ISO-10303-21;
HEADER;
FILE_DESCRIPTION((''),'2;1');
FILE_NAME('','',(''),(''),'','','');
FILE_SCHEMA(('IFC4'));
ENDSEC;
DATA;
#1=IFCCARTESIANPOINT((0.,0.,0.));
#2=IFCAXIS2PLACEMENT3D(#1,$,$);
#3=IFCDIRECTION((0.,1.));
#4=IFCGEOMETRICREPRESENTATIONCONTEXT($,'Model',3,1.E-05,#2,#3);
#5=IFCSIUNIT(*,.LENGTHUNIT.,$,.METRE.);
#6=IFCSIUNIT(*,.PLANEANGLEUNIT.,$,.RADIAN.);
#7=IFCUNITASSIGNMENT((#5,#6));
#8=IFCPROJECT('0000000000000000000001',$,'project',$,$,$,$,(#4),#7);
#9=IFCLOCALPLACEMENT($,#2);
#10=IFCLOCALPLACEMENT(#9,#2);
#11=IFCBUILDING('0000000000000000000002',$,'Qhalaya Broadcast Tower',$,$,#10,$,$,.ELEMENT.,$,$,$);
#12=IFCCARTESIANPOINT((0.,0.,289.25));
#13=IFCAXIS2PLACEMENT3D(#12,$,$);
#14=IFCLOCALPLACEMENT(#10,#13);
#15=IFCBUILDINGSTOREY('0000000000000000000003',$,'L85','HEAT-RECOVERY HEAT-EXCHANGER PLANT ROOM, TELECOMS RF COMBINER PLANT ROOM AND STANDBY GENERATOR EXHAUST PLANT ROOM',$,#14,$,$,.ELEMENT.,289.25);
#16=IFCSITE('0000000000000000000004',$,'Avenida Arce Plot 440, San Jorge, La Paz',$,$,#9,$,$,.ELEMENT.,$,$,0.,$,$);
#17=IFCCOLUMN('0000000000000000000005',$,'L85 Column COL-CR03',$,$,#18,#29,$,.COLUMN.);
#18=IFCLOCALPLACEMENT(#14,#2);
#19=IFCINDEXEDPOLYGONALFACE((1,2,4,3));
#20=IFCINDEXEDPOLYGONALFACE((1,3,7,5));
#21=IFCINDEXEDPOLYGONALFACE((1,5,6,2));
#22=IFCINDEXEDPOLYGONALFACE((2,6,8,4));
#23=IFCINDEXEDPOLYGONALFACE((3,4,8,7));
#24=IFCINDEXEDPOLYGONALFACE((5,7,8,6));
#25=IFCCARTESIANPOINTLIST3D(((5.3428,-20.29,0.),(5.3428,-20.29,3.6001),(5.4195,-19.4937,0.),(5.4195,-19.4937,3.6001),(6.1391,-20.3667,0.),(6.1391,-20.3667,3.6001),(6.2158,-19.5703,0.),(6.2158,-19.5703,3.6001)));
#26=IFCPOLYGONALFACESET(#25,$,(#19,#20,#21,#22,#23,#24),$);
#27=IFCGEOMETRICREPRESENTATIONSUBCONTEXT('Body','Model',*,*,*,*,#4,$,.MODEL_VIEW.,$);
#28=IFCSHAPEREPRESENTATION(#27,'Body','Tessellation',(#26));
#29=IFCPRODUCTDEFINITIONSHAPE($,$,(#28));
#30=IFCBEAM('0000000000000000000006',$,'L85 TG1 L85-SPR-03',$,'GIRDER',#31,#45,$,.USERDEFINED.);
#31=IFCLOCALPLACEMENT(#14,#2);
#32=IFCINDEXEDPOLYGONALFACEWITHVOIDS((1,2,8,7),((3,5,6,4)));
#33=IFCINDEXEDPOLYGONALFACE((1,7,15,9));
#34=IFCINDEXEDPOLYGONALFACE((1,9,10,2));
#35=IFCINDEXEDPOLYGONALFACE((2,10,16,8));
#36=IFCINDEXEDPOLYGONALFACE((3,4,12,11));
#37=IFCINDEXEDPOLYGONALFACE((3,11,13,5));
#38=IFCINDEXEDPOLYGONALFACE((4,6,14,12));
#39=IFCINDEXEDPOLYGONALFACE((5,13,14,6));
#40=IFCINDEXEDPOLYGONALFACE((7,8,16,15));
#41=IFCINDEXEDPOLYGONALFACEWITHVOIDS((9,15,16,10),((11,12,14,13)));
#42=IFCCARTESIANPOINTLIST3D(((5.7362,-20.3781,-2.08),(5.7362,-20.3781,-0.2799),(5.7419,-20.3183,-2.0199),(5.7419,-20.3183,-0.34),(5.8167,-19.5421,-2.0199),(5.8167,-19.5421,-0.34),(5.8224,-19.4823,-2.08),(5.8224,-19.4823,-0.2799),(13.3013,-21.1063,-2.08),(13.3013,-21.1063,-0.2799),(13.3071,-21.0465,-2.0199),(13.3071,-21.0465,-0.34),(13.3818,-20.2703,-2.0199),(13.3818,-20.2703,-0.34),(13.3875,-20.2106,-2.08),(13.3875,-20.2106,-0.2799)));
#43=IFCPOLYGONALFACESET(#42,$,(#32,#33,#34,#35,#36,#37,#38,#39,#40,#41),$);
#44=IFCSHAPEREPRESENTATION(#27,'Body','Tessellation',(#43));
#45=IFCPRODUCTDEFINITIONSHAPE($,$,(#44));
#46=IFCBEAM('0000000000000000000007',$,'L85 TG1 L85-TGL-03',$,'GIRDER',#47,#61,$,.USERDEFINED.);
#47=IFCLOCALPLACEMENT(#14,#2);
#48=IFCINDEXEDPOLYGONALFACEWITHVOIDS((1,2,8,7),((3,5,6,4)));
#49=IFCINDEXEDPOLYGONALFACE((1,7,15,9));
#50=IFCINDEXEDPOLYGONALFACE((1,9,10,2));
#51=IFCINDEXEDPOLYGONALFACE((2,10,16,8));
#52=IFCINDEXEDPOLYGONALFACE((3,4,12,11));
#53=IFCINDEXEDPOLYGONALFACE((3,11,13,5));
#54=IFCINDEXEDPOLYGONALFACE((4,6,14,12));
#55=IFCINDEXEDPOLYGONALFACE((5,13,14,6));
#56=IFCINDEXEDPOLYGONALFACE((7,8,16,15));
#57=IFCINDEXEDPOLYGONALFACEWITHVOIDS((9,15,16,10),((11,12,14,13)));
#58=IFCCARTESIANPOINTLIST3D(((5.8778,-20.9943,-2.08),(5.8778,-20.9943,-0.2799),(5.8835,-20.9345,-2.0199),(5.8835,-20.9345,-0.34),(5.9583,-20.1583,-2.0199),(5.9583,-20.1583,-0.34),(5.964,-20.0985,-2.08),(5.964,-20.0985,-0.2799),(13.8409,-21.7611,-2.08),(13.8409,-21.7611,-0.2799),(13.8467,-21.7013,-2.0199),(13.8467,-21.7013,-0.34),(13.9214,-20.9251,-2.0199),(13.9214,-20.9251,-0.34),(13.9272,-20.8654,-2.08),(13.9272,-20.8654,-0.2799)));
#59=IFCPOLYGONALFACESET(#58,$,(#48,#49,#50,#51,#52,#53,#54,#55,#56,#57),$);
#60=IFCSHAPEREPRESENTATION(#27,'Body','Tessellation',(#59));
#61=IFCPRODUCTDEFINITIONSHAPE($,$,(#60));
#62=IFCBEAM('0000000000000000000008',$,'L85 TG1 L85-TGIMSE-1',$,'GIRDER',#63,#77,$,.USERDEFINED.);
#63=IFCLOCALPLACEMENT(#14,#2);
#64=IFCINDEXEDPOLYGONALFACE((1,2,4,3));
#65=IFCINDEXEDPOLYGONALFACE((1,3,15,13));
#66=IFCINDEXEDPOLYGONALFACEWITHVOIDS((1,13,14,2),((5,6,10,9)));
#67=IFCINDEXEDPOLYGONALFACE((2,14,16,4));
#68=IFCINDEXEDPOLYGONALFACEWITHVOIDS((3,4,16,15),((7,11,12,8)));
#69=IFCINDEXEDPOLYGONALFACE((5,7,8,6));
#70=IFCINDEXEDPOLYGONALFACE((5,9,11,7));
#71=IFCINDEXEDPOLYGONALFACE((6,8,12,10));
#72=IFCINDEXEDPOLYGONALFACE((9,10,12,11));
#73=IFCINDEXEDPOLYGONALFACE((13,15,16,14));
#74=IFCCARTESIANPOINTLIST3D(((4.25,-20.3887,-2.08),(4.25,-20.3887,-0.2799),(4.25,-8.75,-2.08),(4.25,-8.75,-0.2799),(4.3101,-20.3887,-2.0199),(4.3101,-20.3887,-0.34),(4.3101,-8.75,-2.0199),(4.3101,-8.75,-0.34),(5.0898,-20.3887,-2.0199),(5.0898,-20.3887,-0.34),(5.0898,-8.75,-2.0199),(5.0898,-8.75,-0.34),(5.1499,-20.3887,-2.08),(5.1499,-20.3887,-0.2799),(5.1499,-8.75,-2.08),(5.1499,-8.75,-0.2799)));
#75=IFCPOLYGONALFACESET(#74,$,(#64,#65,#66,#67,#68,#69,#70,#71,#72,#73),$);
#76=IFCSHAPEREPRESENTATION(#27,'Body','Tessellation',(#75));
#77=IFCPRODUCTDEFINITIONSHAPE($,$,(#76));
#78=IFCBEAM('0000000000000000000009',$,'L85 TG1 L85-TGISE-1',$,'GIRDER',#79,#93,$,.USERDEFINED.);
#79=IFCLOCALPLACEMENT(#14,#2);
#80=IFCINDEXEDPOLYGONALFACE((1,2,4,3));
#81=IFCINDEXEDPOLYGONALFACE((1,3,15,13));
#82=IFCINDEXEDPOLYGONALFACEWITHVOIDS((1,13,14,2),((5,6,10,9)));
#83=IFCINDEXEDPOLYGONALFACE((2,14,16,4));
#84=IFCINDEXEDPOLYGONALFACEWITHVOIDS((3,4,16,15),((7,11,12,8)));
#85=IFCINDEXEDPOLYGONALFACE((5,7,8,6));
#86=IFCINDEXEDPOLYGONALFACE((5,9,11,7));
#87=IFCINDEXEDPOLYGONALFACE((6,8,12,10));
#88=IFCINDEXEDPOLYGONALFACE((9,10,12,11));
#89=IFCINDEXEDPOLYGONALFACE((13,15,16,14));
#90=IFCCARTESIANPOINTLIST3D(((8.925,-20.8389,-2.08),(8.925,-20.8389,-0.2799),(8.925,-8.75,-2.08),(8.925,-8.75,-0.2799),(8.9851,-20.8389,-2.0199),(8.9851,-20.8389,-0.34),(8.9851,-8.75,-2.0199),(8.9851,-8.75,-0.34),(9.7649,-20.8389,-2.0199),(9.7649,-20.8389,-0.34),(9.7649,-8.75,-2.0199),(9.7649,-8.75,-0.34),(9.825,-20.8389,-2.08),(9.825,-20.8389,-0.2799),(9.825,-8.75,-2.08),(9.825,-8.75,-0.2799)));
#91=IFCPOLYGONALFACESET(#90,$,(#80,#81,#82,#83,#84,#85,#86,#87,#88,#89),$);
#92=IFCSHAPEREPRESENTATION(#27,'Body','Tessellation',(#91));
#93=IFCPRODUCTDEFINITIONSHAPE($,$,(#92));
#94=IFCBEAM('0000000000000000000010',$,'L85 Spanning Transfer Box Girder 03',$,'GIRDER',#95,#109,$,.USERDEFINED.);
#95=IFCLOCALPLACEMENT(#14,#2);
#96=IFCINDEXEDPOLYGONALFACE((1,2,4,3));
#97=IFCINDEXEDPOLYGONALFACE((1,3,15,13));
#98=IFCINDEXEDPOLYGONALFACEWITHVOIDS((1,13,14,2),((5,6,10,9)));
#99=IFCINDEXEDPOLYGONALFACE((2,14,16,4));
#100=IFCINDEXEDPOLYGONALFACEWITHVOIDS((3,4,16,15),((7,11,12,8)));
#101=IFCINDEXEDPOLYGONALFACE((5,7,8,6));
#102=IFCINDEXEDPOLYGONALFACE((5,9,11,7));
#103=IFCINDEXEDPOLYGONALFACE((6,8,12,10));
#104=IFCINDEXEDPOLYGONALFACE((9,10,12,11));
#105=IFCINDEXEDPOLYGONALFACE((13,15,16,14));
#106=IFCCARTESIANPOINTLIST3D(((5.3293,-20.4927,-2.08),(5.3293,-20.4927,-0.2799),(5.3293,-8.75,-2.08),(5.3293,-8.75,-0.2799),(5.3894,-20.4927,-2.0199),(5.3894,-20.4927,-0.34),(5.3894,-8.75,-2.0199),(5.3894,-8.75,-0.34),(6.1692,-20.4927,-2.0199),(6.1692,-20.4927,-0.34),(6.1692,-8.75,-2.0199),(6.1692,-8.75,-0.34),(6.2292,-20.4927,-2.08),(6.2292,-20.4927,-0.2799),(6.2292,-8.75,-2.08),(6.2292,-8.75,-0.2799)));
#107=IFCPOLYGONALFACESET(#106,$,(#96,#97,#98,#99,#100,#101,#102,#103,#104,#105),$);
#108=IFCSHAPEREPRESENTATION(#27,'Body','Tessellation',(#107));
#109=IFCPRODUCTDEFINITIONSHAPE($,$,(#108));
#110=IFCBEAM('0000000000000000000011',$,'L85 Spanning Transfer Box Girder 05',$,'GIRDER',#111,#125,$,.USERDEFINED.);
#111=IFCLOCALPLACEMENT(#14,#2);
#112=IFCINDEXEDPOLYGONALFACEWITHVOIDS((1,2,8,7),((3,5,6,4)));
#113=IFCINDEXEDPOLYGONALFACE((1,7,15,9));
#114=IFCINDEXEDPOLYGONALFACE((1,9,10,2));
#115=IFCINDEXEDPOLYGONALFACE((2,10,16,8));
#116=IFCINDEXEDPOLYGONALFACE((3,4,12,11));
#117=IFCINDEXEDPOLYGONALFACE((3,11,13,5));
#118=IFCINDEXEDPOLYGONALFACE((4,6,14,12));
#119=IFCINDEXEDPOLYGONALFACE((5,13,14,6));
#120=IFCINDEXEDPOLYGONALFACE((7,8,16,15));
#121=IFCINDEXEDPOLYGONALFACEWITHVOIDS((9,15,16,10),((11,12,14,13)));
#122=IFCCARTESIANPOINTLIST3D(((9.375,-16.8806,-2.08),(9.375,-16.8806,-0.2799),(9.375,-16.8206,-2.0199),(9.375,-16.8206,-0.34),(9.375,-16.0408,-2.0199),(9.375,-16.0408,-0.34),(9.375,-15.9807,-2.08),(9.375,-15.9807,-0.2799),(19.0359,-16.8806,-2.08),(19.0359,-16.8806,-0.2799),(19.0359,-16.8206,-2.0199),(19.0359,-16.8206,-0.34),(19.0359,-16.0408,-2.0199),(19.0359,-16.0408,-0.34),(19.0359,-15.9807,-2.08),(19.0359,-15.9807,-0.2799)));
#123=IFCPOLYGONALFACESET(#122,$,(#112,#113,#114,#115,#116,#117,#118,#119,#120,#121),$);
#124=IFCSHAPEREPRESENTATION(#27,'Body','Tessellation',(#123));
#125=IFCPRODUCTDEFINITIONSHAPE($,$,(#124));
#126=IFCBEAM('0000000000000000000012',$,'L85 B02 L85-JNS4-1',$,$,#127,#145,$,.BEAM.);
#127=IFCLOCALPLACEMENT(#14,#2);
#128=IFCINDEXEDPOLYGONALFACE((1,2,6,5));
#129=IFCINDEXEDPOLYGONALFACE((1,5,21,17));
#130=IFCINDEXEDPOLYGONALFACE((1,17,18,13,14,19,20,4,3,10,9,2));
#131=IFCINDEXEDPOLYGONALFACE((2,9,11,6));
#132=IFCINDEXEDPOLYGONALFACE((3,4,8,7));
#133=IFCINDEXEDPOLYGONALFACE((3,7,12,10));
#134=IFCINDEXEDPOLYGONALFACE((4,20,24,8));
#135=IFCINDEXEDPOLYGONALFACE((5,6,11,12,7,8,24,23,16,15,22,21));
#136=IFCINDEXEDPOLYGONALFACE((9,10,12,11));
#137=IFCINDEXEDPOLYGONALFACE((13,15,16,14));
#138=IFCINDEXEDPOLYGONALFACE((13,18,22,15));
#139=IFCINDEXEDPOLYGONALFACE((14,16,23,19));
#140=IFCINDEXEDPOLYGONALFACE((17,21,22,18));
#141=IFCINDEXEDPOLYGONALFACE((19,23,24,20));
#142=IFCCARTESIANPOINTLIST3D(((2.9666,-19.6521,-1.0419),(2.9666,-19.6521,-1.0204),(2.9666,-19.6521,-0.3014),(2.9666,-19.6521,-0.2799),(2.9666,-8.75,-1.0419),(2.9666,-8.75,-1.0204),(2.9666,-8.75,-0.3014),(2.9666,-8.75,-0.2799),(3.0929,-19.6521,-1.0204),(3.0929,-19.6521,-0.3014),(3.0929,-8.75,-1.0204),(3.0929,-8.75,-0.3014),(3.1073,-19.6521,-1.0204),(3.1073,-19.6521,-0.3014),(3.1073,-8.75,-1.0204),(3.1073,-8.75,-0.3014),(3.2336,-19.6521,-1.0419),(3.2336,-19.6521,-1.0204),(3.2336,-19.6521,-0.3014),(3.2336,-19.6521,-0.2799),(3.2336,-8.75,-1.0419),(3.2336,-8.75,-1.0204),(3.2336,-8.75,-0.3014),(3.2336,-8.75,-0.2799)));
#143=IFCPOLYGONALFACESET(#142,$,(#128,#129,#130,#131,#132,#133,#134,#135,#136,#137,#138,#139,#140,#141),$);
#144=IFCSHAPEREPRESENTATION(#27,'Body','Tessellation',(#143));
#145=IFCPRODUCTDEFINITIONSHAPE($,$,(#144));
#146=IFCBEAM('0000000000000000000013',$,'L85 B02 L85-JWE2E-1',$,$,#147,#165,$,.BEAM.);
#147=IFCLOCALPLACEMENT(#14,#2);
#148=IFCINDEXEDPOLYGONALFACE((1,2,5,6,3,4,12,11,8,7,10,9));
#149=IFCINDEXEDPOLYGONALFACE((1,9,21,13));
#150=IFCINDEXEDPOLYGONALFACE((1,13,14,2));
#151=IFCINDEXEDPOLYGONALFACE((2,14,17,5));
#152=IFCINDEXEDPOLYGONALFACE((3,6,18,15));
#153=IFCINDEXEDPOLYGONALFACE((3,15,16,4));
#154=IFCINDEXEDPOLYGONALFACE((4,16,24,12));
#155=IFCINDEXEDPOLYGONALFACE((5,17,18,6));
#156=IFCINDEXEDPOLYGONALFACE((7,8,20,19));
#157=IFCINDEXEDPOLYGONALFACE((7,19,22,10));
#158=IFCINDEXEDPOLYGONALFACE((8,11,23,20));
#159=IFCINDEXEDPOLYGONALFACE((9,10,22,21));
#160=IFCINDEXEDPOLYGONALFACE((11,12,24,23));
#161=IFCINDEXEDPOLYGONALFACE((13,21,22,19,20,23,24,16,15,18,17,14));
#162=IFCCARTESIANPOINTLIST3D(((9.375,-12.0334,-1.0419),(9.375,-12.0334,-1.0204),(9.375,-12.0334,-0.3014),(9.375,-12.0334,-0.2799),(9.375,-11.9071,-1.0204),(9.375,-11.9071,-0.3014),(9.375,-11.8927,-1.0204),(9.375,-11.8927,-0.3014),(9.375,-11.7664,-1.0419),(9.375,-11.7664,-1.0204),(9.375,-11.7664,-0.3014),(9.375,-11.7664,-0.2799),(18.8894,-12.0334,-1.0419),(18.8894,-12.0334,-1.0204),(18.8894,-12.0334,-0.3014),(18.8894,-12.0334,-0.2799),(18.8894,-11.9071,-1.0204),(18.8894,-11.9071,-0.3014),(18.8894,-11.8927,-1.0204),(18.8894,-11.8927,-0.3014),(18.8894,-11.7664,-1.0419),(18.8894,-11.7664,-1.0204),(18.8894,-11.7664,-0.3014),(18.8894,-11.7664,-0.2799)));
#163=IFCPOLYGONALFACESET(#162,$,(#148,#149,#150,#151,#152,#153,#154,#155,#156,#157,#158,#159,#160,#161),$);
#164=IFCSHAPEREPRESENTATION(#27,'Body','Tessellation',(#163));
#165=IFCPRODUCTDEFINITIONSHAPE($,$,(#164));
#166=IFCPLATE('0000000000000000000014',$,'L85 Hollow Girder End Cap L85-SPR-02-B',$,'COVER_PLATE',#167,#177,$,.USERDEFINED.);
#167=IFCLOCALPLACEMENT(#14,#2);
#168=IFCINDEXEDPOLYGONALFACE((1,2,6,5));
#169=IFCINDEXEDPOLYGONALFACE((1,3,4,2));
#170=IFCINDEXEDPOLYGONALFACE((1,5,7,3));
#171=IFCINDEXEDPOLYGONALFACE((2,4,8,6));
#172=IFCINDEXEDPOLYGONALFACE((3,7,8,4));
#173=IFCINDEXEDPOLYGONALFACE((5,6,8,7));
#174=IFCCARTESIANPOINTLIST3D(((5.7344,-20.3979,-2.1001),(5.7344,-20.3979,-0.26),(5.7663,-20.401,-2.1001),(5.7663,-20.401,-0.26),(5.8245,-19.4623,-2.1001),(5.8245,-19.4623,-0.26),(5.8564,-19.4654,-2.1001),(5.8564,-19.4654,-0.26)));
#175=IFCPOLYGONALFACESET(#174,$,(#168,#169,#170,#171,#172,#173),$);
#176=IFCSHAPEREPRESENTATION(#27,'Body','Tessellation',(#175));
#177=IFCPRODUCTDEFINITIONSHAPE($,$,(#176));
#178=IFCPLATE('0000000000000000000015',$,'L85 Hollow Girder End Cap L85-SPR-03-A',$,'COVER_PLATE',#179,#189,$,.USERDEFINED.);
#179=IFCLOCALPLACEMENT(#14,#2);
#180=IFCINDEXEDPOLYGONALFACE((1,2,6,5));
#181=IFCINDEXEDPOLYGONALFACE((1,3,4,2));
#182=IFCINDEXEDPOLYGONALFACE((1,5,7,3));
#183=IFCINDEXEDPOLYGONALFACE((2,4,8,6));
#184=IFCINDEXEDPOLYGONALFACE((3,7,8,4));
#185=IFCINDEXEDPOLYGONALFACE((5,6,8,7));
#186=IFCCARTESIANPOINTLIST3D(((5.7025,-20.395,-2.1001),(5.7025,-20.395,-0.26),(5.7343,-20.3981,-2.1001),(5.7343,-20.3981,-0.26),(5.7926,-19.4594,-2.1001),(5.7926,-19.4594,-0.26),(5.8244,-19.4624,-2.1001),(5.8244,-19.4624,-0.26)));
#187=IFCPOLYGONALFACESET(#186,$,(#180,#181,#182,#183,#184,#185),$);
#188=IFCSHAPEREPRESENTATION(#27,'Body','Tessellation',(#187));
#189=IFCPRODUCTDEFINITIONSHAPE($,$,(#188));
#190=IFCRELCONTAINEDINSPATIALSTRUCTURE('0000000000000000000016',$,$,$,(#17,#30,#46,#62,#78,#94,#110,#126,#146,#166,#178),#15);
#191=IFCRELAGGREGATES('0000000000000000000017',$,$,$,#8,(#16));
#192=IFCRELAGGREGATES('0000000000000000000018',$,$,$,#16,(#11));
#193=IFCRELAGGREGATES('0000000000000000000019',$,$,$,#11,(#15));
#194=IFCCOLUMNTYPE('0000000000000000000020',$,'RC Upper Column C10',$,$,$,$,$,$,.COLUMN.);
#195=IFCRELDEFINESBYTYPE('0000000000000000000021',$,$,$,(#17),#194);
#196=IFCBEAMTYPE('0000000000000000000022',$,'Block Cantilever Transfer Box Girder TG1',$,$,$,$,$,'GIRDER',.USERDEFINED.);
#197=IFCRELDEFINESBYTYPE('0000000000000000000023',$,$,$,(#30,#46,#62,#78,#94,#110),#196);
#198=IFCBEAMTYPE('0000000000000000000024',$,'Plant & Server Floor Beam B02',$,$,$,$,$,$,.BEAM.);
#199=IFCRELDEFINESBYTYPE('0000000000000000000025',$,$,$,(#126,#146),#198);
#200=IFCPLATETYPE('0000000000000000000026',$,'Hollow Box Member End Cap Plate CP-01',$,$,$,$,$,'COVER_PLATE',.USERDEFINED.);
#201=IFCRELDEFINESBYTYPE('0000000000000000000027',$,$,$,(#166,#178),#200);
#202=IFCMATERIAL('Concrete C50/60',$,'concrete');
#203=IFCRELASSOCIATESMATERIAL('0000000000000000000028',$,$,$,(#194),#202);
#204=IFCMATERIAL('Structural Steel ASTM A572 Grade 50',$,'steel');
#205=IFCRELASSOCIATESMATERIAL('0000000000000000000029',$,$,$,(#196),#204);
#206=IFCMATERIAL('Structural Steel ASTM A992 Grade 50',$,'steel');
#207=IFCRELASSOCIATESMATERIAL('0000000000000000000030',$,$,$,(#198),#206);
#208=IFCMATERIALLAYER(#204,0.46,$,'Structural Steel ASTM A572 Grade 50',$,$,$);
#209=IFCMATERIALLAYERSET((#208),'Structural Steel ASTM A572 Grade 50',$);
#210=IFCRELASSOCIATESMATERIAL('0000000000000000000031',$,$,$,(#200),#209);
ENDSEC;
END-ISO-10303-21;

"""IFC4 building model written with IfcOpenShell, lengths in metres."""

from ifc_helpers import new_model, si_unit, direction, frame, origin, origin_2d, place, context, subcontext, project, spatial, rectangle, hollow_rectangle, i_section, extrude, material, layer, layer_set, material_profile, profile_set, type_object, element, save


model = new_model("IFC4")

# Units and contexts
model_context = context("Model", 3, precision=1e-05, world=origin(), true_north=direction((0.0, 1.0)))
body_context = subcontext(model_context, "Body", "Model", "MODEL_VIEW")
ifc_project = project(units=[si_unit("LENGTHUNIT", "METRE"), si_unit("PLANEANGLEUNIT", "RADIAN")], contexts=[model_context])

# Site, building, storey
site_placement = place(None, origin())
site = spatial("IfcSite", under=ifc_project, at=site_placement, Name="Avenida Arce Plot 440, San Jorge, La Paz", CompositionType="ELEMENT", RefElevation=0.0)
building_placement = place(site_placement, origin())
building = spatial("IfcBuilding", under=site, at=building_placement, Name="Qhalaya Broadcast Tower", CompositionType="ELEMENT")
storey_placement = place(building_placement, frame((0.0, 0.0, 289.25)))
storey = spatial("IfcBuildingStorey", under=building, at=storey_placement, Name="L85", Description="HEAT-RECOVERY HEAT-EXCHANGER PLANT ROOM, TELECOMS RF COMBINER PLANT ROOM AND STANDBY GENERATOR EXHAUST PLANT ROOM", CompositionType="ELEMENT", Elevation=289.25)

# Column
ifc_material_1 = material(Name="Concrete C50/60", Category="concrete")
ifc_material_profile_1 = material_profile(ifc_material_1, rectangle(XDim=0.8, YDim=0.8, at=origin_2d()), Name="RC-COL 800x800")
ifc_profile_set_1 = profile_set([ifc_material_profile_1], Name="Concrete C50/60")
column_type = type_object("IfcColumnType", Name="RC Upper Column C10", PredefinedType="COLUMN", material=ifc_profile_set_1)
column_placement = place(storey_placement, frame((5.7793, -19.9302, 0.0), z_axis=(0.0, 0.0, 1.0), x_axis=(0.995396, -0.095846, 0.0)))
element("IfcColumn", 1, at=column_placement, inside=storey, type_object=column_type, Name="L85 Column COL-CR03", PredefinedType="COLUMN", context=body_context, shape_type="SweptSolid", body=[
    extrude(rectangle(XDim=0.8, YDim=0.8, at=origin_2d()), origin(), (0.0, 0.0, 1.0), 3.6001),
])

# Beams
ifc_material_2 = material(Name="Structural Steel ASTM A572 Grade 50", Category="steel")
ifc_material_profile_2 = material_profile(ifc_material_2, hollow_rectangle(XDim=0.8999, YDim=1.8, WallThickness=0.0601, at=origin_2d()), Name="BOX 900x1800x60")
ifc_profile_set_2 = profile_set([ifc_material_profile_2], Name="Structural Steel ASTM A572 Grade 50")
beam_type_1 = type_object("IfcBeamType", Name="Block Cantilever Transfer Box Girder TG1", ElementType="GIRDER", PredefinedType="USERDEFINED", material=ifc_profile_set_2)
beam_1_placement = place(storey_placement, frame((5.7793, -19.9302, -1.1799), z_axis=(0.995398, -0.095823, 0.0), x_axis=(0.095823, 0.995398, 0.0)))
element("IfcBeam", 2, at=beam_1_placement, inside=storey, type_object=beam_type_1, Name="L85 TG1 L85-SPR-03", ObjectType="GIRDER", PredefinedType="USERDEFINED", context=body_context, shape_type="SweptSolid", body=[
    extrude(hollow_rectangle(XDim=0.8999, YDim=1.8, WallThickness=0.0601, at=origin_2d()), origin(), (0.0, 0.0, 1.0), 7.6001),
])
beam_2_placement = place(storey_placement, frame((5.9209, -20.5464, -1.1799), z_axis=(0.995395, -0.095856, 0.0), x_axis=(0.095856, 0.995395, 0.0)))
element("IfcBeam", 3, at=beam_2_placement, inside=storey, type_object=beam_type_1, Name="L85 TG1 L85-TGL-03", ObjectType="GIRDER", PredefinedType="USERDEFINED", context=body_context, shape_type="SweptSolid", body=[
    extrude(hollow_rectangle(XDim=0.8999, YDim=1.8, WallThickness=0.0601, at=origin_2d()), origin(), (0.0, 0.0, 1.0), 8.0),
])
beam_3_placement = place(storey_placement, frame((4.7, -20.3887, -1.1799), z_axis=(0.0, 1.0, 0.0), x_axis=(-1.0, 0.0, 0.0)))
element("IfcBeam", 4, at=beam_3_placement, inside=storey, type_object=beam_type_1, Name="L85 TG1 L85-TGIMSE-1", ObjectType="GIRDER", PredefinedType="USERDEFINED", context=body_context, shape_type="SweptSolid", body=[
    extrude(hollow_rectangle(XDim=0.8999, YDim=1.8, WallThickness=0.0601, at=origin_2d()), origin(), (0.0, 0.0, 1.0), 11.6387),
])
beam_4_placement = place(storey_placement, frame((9.375, -20.8389, -1.1799), z_axis=(0.0, 1.0, 0.0), x_axis=(-1.0, 0.0, 0.0)))
element("IfcBeam", 5, at=beam_4_placement, inside=storey, type_object=beam_type_1, Name="L85 TG1 L85-TGISE-1", ObjectType="GIRDER", PredefinedType="USERDEFINED", context=body_context, shape_type="SweptSolid", body=[
    extrude(hollow_rectangle(XDim=0.8999, YDim=1.8, WallThickness=0.0601, at=origin_2d()), origin(), (0.0, 0.0, 1.0), 12.0889),
])
beam_5_placement = place(storey_placement, frame((5.7793, -20.4927, -1.1799), z_axis=(0.0, 1.0, 0.0), x_axis=(-1.0, 0.0, 0.0)))
element("IfcBeam", 6, at=beam_5_placement, inside=storey, type_object=beam_type_1, Name="L85 Spanning Transfer Box Girder 03", ObjectType="GIRDER", PredefinedType="USERDEFINED", context=body_context, shape_type="SweptSolid", body=[
    extrude(hollow_rectangle(XDim=0.8999, YDim=1.8, WallThickness=0.0601, at=origin_2d()), origin(), (0.0, 0.0, 1.0), 11.7427),
])
beam_6_placement = place(storey_placement, frame((9.375, -16.4307, -1.1799), z_axis=(1.0, 0.0, 0.0), x_axis=(0.0, 1.0, 0.0)))
element("IfcBeam", 7, at=beam_6_placement, inside=storey, type_object=beam_type_1, Name="L85 Spanning Transfer Box Girder 05", ObjectType="GIRDER", PredefinedType="USERDEFINED", context=body_context, shape_type="SweptSolid", body=[
    extrude(hollow_rectangle(XDim=0.8999, YDim=1.8, WallThickness=0.0601, at=origin_2d()), origin(), (0.0, 0.0, 1.0), 9.6609),
])
ifc_material_3 = material(Name="Structural Steel ASTM A992 Grade 50", Category="steel")
ifc_material_profile_3 = material_profile(ifc_material_3, i_section(OverallWidth=0.2671, OverallDepth=0.762, WebThickness=0.0144, FlangeThickness=0.0215, at=origin_2d()), Name="W30X116")
ifc_profile_set_3 = profile_set([ifc_material_profile_3], Name="Structural Steel ASTM A992 Grade 50")
beam_type_2 = type_object("IfcBeamType", Name="Plant & Server Floor Beam B02", PredefinedType="BEAM", material=ifc_profile_set_3)
beam_7_placement = place(storey_placement, frame((3.1001, -19.6521, -0.6609), z_axis=(0.0, 1.0, 0.0), x_axis=(-1.0, 0.0, 0.0)))
element("IfcBeam", 8, at=beam_7_placement, inside=storey, type_object=beam_type_2, Name="L85 B02 L85-JNS4-1", PredefinedType="BEAM", context=body_context, shape_type="SweptSolid", body=[
    extrude(i_section(OverallWidth=0.2671, OverallDepth=0.762, WebThickness=0.0144, FlangeThickness=0.0215, at=origin_2d()), origin(), (0.0, 0.0, 1.0), 10.9021),
])
beam_8_placement = place(storey_placement, frame((9.375, -11.8999, -0.6609), z_axis=(1.0, 0.0, 0.0), x_axis=(0.0, 1.0, 0.0)))
element("IfcBeam", 9, at=beam_8_placement, inside=storey, type_object=beam_type_2, Name="L85 B02 L85-JWE2E-1", PredefinedType="BEAM", context=body_context, shape_type="SweptSolid", body=[
    extrude(i_section(OverallWidth=0.2671, OverallDepth=0.762, WebThickness=0.0144, FlangeThickness=0.0215, at=origin_2d()), origin(), (0.0, 0.0, 1.0), 9.5144),
])

# Plates
ifc_layer_1 = layer(ifc_material_2, 0.46, Name="Structural Steel ASTM A572 Grade 50")
ifc_layer_set_1 = layer_set([ifc_layer_1], Name="Structural Steel ASTM A572 Grade 50")
plate_type = type_object("IfcPlateType", Name="Hollow Box Member End Cap Plate CP-01", ElementType="COVER_PLATE", PredefinedType="USERDEFINED", material=ifc_layer_set_1)
for number, where, z_axis, x_axis, name in (
    (10, (5.7954, -19.9316, -2.1001), (0.0, 0.0, 1.0), (0.095846, 0.995396, 0.0), "L85 Hollow Girder End Cap L85-SPR-02-B"),
    (11, (5.7634, -19.9287, -2.1001), (0.0, 0.0, 1.0), (0.095846, 0.995396, 0.0), "L85 Hollow Girder End Cap L85-SPR-03-A"),
):
    element("IfcPlate", number, at=place(storey_placement, frame(where, z_axis=z_axis, x_axis=x_axis)), inside=storey, type_object=plate_type, Name=name, ObjectType="COVER_PLATE", PredefinedType="USERDEFINED", context=body_context, shape_type="SweptSolid", body=[
        extrude(rectangle(XDim=0.9399, YDim=0.032, at=origin_2d()), origin(), (0.0, 0.0, 1.0), 1.8401),
    ])

save(model, "model.ifc")
